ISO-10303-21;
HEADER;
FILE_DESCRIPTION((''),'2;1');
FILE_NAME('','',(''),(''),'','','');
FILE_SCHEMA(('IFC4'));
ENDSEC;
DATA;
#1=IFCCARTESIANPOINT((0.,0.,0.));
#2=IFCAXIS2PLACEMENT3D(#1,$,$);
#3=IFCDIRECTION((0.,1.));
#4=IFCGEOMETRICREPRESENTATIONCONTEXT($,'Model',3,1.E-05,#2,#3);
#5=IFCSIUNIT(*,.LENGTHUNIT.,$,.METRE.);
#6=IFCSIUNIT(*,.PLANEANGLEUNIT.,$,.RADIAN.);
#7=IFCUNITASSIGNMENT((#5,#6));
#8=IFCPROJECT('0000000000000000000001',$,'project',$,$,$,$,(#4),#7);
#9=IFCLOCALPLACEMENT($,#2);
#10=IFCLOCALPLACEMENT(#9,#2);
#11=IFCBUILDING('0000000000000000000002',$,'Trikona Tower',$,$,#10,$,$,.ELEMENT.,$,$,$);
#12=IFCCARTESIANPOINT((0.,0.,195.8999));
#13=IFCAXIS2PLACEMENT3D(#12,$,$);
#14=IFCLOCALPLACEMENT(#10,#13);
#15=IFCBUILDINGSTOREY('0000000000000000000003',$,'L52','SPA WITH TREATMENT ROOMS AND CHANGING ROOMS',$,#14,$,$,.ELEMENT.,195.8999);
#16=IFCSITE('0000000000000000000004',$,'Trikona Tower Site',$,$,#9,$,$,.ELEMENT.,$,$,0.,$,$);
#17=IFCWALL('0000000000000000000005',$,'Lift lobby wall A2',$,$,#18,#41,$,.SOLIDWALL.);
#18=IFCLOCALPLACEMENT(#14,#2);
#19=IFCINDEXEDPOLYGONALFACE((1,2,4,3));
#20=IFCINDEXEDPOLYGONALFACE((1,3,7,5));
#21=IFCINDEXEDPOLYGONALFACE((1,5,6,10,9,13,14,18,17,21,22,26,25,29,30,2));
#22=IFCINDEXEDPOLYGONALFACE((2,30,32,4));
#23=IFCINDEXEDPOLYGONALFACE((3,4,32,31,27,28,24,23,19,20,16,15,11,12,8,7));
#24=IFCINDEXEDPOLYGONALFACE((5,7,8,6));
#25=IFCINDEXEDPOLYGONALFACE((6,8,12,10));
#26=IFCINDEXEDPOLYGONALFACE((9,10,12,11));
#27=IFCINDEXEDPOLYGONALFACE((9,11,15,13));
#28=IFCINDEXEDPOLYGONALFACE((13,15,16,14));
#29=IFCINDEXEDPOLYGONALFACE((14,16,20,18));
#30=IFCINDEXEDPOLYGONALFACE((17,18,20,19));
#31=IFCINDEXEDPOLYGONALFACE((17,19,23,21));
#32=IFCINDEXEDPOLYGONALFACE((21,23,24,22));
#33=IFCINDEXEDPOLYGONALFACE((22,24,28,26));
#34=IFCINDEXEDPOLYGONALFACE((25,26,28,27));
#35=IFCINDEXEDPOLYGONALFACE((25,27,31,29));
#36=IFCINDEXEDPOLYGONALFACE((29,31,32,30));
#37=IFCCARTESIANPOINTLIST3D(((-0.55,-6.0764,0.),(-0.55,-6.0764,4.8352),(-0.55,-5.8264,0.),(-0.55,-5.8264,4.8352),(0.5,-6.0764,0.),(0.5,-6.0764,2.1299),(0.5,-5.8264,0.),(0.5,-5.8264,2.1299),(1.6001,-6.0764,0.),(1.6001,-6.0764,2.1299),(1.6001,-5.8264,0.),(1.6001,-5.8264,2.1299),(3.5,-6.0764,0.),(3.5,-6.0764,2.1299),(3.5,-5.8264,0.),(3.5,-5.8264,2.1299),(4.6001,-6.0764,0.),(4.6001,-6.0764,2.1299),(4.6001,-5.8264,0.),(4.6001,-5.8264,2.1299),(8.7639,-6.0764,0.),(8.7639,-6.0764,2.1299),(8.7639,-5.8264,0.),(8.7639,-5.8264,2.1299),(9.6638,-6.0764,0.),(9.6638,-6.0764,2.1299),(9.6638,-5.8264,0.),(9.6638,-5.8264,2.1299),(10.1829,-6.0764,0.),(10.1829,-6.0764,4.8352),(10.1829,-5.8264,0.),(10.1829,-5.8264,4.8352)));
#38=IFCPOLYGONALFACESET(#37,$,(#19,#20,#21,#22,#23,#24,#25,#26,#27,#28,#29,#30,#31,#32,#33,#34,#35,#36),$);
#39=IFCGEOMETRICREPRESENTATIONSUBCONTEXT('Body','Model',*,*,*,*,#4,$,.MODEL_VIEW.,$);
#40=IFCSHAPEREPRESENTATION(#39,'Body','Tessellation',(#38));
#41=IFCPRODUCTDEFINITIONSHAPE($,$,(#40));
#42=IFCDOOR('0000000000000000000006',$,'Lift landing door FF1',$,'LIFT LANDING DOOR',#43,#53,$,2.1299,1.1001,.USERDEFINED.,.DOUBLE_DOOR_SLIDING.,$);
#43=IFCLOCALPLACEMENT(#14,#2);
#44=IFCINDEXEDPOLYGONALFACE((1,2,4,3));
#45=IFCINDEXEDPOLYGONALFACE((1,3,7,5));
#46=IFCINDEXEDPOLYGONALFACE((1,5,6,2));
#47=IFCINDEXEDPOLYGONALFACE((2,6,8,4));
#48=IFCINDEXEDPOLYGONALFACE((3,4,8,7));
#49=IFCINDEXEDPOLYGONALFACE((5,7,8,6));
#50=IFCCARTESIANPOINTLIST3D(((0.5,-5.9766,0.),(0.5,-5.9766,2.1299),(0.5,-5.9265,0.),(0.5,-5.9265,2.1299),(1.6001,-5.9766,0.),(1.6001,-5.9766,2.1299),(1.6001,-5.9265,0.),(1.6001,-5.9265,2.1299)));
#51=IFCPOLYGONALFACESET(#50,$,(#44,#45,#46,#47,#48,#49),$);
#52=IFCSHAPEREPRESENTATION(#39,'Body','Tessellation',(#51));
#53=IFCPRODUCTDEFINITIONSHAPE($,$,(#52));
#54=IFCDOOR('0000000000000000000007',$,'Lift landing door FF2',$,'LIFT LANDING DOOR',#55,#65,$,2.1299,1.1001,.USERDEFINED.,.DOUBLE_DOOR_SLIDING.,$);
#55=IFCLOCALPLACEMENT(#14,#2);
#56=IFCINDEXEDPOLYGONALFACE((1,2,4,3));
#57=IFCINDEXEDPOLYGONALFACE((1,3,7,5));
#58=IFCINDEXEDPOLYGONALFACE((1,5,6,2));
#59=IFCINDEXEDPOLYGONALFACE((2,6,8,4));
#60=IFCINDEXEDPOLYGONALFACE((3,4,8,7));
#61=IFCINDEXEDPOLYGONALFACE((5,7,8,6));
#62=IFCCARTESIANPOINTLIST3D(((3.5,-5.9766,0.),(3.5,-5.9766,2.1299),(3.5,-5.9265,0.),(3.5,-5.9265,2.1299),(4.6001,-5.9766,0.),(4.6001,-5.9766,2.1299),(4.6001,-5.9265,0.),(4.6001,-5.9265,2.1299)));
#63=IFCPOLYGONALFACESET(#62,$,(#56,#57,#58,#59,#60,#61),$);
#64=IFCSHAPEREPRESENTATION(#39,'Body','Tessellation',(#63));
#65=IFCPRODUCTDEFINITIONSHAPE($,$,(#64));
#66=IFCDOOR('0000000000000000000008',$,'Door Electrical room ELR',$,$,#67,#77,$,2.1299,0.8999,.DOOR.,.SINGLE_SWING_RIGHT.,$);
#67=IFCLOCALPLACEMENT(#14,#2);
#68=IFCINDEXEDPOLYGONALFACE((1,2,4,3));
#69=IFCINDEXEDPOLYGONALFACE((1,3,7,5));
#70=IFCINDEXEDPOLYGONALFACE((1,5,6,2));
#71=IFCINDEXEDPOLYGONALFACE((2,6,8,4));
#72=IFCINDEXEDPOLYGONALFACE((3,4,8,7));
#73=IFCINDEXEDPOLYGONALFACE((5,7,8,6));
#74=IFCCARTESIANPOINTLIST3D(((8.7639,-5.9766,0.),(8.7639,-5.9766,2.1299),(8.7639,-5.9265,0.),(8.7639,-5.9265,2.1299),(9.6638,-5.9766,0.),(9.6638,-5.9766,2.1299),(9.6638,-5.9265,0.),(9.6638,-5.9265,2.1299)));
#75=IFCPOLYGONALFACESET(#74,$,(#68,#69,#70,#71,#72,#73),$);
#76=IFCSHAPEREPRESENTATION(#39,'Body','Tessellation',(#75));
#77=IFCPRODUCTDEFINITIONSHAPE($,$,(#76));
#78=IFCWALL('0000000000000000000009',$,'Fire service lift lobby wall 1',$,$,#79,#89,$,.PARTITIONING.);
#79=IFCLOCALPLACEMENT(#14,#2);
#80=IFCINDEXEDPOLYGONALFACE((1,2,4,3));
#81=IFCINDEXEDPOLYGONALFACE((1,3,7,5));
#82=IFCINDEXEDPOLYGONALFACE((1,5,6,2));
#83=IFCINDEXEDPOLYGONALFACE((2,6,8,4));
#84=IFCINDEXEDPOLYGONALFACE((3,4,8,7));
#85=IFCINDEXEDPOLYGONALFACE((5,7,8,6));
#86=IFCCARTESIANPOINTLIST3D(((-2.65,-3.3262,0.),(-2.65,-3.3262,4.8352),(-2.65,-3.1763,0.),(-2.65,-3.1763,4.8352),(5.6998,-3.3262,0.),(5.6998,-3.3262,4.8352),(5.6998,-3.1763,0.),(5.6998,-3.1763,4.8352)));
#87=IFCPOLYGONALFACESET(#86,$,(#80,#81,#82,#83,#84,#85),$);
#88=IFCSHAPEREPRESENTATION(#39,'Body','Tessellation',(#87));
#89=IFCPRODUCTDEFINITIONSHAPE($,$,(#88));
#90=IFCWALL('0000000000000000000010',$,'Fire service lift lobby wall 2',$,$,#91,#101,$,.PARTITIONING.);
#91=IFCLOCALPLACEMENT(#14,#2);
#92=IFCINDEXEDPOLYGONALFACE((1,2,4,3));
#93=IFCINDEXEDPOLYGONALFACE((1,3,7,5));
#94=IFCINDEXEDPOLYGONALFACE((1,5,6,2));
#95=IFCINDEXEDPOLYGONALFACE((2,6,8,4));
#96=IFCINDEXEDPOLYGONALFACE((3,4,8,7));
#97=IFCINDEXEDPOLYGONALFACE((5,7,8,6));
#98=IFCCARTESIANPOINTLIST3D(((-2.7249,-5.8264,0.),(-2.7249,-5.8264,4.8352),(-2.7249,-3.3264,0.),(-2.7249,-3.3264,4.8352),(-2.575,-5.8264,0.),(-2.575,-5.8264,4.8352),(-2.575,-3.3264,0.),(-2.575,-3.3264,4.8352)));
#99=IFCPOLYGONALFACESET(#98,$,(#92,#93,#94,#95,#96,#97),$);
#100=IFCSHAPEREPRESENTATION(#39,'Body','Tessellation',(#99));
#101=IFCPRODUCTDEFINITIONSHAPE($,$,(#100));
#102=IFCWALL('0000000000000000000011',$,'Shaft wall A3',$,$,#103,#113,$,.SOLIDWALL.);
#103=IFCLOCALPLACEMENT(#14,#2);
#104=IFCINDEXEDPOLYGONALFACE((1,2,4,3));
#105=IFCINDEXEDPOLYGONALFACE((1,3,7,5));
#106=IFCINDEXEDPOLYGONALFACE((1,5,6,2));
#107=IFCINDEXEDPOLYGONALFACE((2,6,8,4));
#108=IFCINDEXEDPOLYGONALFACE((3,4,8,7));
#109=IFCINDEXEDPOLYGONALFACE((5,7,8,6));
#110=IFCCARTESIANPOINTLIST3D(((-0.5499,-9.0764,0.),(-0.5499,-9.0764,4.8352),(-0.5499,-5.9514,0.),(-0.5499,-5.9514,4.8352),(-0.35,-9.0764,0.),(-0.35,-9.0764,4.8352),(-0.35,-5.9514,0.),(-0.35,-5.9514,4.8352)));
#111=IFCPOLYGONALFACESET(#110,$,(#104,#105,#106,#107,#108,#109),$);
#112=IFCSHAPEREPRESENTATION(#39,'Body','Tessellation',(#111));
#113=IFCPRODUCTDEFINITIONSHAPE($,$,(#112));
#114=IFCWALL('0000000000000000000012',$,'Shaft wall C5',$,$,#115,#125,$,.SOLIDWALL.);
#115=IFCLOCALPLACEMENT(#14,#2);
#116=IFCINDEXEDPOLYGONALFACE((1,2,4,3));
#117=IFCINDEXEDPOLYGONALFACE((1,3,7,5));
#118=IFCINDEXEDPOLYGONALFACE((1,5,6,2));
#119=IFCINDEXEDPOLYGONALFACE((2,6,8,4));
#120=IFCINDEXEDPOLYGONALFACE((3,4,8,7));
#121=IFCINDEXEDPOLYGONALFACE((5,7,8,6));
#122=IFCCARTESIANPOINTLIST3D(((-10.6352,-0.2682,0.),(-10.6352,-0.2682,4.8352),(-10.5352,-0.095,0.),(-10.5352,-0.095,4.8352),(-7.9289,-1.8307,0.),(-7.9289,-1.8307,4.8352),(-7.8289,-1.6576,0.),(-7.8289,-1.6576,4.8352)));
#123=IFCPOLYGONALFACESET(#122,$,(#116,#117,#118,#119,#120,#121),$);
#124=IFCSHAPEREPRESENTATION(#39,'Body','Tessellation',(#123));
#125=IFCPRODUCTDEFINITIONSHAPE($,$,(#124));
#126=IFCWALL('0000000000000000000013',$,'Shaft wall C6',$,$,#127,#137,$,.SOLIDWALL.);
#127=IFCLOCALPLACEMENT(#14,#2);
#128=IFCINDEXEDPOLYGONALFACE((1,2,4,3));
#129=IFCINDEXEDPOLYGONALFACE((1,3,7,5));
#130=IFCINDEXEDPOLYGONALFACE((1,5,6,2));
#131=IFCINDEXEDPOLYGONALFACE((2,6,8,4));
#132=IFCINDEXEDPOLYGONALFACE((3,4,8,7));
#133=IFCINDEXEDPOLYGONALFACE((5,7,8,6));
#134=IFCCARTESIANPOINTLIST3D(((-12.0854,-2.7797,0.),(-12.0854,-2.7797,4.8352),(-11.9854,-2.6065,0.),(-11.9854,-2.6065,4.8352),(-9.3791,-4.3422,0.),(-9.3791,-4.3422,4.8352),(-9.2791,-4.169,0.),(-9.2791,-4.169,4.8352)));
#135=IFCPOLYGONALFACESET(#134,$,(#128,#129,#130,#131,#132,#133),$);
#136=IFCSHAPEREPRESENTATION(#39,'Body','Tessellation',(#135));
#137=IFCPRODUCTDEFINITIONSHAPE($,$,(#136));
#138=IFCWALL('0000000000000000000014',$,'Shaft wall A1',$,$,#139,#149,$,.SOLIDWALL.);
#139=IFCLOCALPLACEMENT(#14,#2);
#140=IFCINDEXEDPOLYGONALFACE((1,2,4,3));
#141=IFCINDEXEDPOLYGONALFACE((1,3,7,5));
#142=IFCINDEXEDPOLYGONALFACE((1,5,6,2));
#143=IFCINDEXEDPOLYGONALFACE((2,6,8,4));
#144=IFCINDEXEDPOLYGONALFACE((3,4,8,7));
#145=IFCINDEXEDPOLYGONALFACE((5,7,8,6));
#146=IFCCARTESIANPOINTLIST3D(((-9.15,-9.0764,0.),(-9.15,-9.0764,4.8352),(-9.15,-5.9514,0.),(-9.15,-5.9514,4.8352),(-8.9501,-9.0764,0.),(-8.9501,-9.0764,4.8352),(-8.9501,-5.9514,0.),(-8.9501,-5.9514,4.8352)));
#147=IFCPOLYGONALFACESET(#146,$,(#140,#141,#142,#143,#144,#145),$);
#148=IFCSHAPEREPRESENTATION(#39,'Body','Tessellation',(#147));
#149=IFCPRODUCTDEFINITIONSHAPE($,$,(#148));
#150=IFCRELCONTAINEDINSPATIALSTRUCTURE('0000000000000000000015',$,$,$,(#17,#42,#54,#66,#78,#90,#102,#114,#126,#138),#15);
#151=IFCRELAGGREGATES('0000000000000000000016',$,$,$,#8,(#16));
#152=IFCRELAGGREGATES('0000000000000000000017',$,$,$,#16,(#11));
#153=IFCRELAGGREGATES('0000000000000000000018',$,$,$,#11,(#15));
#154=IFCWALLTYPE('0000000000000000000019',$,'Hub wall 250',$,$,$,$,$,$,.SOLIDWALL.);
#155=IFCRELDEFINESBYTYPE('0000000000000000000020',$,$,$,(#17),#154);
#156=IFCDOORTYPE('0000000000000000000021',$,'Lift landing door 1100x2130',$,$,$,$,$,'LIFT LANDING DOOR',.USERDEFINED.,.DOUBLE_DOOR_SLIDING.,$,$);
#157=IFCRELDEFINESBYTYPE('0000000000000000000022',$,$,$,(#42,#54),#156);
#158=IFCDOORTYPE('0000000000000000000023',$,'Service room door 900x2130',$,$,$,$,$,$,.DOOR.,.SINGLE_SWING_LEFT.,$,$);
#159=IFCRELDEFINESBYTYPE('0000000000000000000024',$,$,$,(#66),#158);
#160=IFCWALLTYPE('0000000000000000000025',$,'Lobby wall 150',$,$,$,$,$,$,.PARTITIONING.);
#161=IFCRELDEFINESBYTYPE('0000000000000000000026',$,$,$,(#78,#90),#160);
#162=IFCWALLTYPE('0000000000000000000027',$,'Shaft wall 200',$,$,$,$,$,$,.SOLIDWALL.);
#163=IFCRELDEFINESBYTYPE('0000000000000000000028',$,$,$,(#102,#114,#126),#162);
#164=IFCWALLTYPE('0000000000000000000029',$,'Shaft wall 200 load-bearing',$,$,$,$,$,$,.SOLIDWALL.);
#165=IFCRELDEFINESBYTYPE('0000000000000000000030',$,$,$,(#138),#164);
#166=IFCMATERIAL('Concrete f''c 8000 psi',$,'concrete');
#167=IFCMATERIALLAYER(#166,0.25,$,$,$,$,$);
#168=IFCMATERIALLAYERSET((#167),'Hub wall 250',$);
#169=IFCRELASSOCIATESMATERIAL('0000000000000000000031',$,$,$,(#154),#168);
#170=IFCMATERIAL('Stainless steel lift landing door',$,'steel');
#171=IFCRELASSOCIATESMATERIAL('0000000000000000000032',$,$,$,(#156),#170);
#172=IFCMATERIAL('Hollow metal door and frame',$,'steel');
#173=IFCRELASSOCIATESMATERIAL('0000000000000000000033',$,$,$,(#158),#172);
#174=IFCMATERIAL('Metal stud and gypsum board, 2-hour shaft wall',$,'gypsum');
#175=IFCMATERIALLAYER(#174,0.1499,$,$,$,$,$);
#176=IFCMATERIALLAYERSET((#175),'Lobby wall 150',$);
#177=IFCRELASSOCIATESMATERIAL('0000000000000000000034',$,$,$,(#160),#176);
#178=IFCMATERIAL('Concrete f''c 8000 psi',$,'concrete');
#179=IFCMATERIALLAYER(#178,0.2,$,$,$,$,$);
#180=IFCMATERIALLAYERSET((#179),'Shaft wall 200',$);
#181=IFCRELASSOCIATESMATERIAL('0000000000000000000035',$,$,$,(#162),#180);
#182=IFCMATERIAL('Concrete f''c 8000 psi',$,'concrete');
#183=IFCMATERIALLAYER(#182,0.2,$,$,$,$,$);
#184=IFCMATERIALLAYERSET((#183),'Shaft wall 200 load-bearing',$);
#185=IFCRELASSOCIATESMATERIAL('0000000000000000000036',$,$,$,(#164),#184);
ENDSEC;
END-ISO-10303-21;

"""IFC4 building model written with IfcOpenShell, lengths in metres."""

from ifc_helpers import new_model, si_unit, direction, frame, frame_2d, origin, place, context, subcontext, project, spatial, rectangle, extrude, material, layer, layer_set, type_object, element, fill, save


model = new_model("IFC4")

# Units and contexts
model_context = context("Model", 3, precision=1e-05, world=origin(), true_north=direction((0.0, 1.0)))
body_context = subcontext(model_context, "Body", "Model", "MODEL_VIEW")
ifc_project = project(units=[si_unit("LENGTHUNIT", "METRE"), si_unit("PLANEANGLEUNIT", "RADIAN")], contexts=[model_context])

# Site, building, storey
site_placement = place(None, origin())
site = spatial("IfcSite", under=ifc_project, at=site_placement, Name="Trikona Tower Site", CompositionType="ELEMENT", RefElevation=0.0)
building_placement = place(site_placement, origin())
building = spatial("IfcBuilding", under=site, at=building_placement, Name="Trikona Tower", CompositionType="ELEMENT")
storey_placement = place(building_placement, frame((0.0, 0.0, 195.8999)))
storey = spatial("IfcBuildingStorey", under=building, at=storey_placement, Name="L52", Description="SPA WITH TREATMENT ROOMS AND CHANGING ROOMS", CompositionType="ELEMENT", Elevation=195.8999)

# Wall, openings, doors
ifc_material_1 = material(Name="Concrete f'c 8000 psi", Category="concrete")
ifc_layer_1 = layer(ifc_material_1, 0.25)
ifc_layer_set_1 = layer_set([ifc_layer_1], Name="Hub wall 250")
wall_type_1 = type_object("IfcWallType", Name="Hub wall 250", PredefinedType="SOLIDWALL", material=ifc_layer_set_1)
wall_1_placement = place(storey_placement, frame((-0.55, -5.9514, 0.0), z_axis=(0.0, 0.0, 1.0), x_axis=(1.0, 0.0, 0.0)))
wall_1 = element("IfcWall", 1, at=wall_1_placement, inside=storey, type_object=wall_type_1, Name="Lift lobby wall A2", PredefinedType="SOLIDWALL", context=body_context, shape_type="SweptSolid", body=[
    extrude(rectangle(XDim=10.7329, YDim=0.25, at=frame_2d((5.3665, 0.0))), origin(), (0.0, 0.0, 1.0), 4.8352),
])
opening_1_placement = place(wall_1_placement, frame((9.314, 0.0, 0.0)))
opening_1 = element("IfcOpeningElement", 2, at=opening_1_placement, cuts=wall_1, PredefinedType="OPENING", context=body_context, shape_type="SweptSolid", body=[
    extrude(rectangle(XDim=0.8999, YDim=2.1299, at=frame_2d((0.45, 1.0649))), frame((0.0, 0.135, 0.0), z_axis=(0.0, -1.0, 0.0), x_axis=(1.0, 0.0, 0.0)), (0.0, 0.0, 1.0), 0.27),
])
opening_2_placement = place(wall_1_placement, frame((1.05, 0.0, 0.0)))
opening_2 = element("IfcOpeningElement", 3, at=opening_2_placement, cuts=wall_1, PredefinedType="OPENING", context=body_context, shape_type="SweptSolid", body=[
    extrude(rectangle(XDim=1.1001, YDim=2.1299, at=frame_2d((0.55, 1.0649))), frame((0.0, 0.135, 0.0), z_axis=(0.0, -1.0, 0.0), x_axis=(1.0, 0.0, 0.0)), (0.0, 0.0, 1.0), 0.27),
])
opening_3_placement = place(wall_1_placement, frame((4.05, 0.0, 0.0)))
opening_3 = element("IfcOpeningElement", 4, at=opening_3_placement, cuts=wall_1, PredefinedType="OPENING", context=body_context, shape_type="SweptSolid", body=[
    extrude(rectangle(XDim=1.1001, YDim=2.1299, at=frame_2d((0.55, 1.0649))), frame((0.0, 0.135, 0.0), z_axis=(0.0, -1.0, 0.0), x_axis=(1.0, 0.0, 0.0)), (0.0, 0.0, 1.0), 0.27),
])
ifc_material_2 = material(Name="Stainless steel lift landing door", Category="steel")
door_type_1 = type_object("IfcDoorType", Name="Lift landing door 1100x2130", ElementType="LIFT LANDING DOOR", OperationType="DOUBLE_DOOR_SLIDING", PredefinedType="USERDEFINED", material=ifc_material_2)
door_1_placement = place(opening_2_placement, origin())
door_1 = element("IfcDoor", 5, at=door_1_placement, inside=storey, type_object=door_type_1, Name="Lift landing door FF1", ObjectType="LIFT LANDING DOOR", OperationType="DOUBLE_DOOR_SLIDING", OverallHeight=2.1299, OverallWidth=1.1001, PredefinedType="USERDEFINED", context=body_context, shape_type="SweptSolid", body=[
    extrude(rectangle(XDim=1.1001, YDim=2.1299, at=frame_2d((0.55, 1.0649))), frame((0.0, 0.0249, 0.0), z_axis=(0.0, -1.0, 0.0), x_axis=(1.0, 0.0, 0.0)), (0.0, 0.0, 1.0), 0.05),
])
fill(opening_2, door_1)
door_2_placement = place(opening_3_placement, origin())
door_2 = element("IfcDoor", 6, at=door_2_placement, inside=storey, type_object=door_type_1, Name="Lift landing door FF2", ObjectType="LIFT LANDING DOOR", OperationType="DOUBLE_DOOR_SLIDING", OverallHeight=2.1299, OverallWidth=1.1001, PredefinedType="USERDEFINED", context=body_context, shape_type="SweptSolid", body=[
    extrude(rectangle(XDim=1.1001, YDim=2.1299, at=frame_2d((0.55, 1.0649))), frame((0.0, 0.0249, 0.0), z_axis=(0.0, -1.0, 0.0), x_axis=(1.0, 0.0, 0.0)), (0.0, 0.0, 1.0), 0.05),
])
fill(opening_3, door_2)
ifc_material_3 = material(Name="Hollow metal door and frame", Category="steel")
door_type_2 = type_object("IfcDoorType", Name="Service room door 900x2130", OperationType="SINGLE_SWING_LEFT", PredefinedType="DOOR", material=ifc_material_3)
door_3_placement = place(opening_1_placement, origin())
door_3 = element("IfcDoor", 7, at=door_3_placement, inside=storey, type_object=door_type_2, Name="Door Electrical room ELR", OperationType="SINGLE_SWING_RIGHT", OverallHeight=2.1299, OverallWidth=0.8999, PredefinedType="DOOR", context=body_context, shape_type="SweptSolid", body=[
    extrude(rectangle(XDim=0.8999, YDim=2.1299, at=frame_2d((0.45, 1.0649))), frame((0.0, 0.0249, 0.0), z_axis=(0.0, -1.0, 0.0), x_axis=(1.0, 0.0, 0.0)), (0.0, 0.0, 1.0), 0.05),
])
fill(opening_1, door_3)

# Walls
ifc_material_4 = material(Name="Metal stud and gypsum board, 2-hour shaft wall", Category="gypsum")
ifc_layer_2 = layer(ifc_material_4, 0.1499)
ifc_layer_set_2 = layer_set([ifc_layer_2], Name="Lobby wall 150")
wall_type_2 = type_object("IfcWallType", Name="Lobby wall 150", PredefinedType="PARTITIONING", material=ifc_layer_set_2)
wall_2_placement = place(storey_placement, frame((-2.6499, -3.2512, 0.0), z_axis=(0.0, 0.0, 1.0), x_axis=(1.0, 0.0, 0.0)))
element("IfcWall", 8, at=wall_2_placement, inside=storey, type_object=wall_type_2, Name="Fire service lift lobby wall 1", PredefinedType="PARTITIONING", context=body_context, shape_type="SweptSolid", body=[
    extrude(rectangle(XDim=8.3499, YDim=0.1499, at=frame_2d((4.1748, 0.0))), origin(), (0.0, 0.0, 1.0), 4.8352),
])
wall_3_placement = place(storey_placement, frame((-2.6499, -5.8264, 0.0), z_axis=(0.0, 0.0, 1.0), x_axis=(0.0, 1.0, 0.0)))
element("IfcWall", 9, at=wall_3_placement, inside=storey, type_object=wall_type_2, Name="Fire service lift lobby wall 2", PredefinedType="PARTITIONING", context=body_context, shape_type="SweptSolid", body=[
    extrude(rectangle(XDim=2.5, YDim=0.1499, at=frame_2d((1.25, 0.0))), origin(), (0.0, 0.0, 1.0), 4.8352),
])
ifc_material_5 = material(Name="Concrete f'c 8000 psi", Category="concrete")
ifc_layer_3 = layer(ifc_material_5, 0.2)
ifc_layer_set_3 = layer_set([ifc_layer_3], Name="Shaft wall 200")
wall_type_3 = type_object("IfcWallType", Name="Shaft wall 200", PredefinedType="SOLIDWALL", material=ifc_layer_set_3)
for number, where, z_axis, x_axis, name in (
    (10, (-0.45, -5.9514, 0.0), (0.0, 0.0, 1.0), (0.0, -1.0, 0.0), "Shaft wall A3"),
    (11, (-7.8789, -1.7441, 0.0), (0.0, 0.0, 1.0), (-0.866023, 0.500004, 0.0), "Shaft wall C5"),
    (12, (-9.3291, -4.2556, 0.0), (0.0, 0.0, 1.0), (-0.866023, 0.500004, 0.0), "Shaft wall C6"),
):
    element("IfcWall", number, at=place(storey_placement, frame(where, z_axis=z_axis, x_axis=x_axis)), inside=storey, type_object=wall_type_3, Name=name, PredefinedType="SOLIDWALL", context=body_context, shape_type="SweptSolid", body=[
        extrude(rectangle(XDim=3.125, YDim=0.2, at=frame_2d((1.5625, 0.0))), origin(), (0.0, 0.0, 1.0), 4.8352),
    ])
ifc_material_6 = material(Name="Concrete f'c 8000 psi", Category="concrete")
ifc_layer_4 = layer(ifc_material_6, 0.2)
ifc_layer_set_4 = layer_set([ifc_layer_4], Name="Shaft wall 200 load-bearing")
wall_type_4 = type_object("IfcWallType", Name="Shaft wall 200 load-bearing", PredefinedType="SOLIDWALL", material=ifc_layer_set_4)
wall_4_placement = place(storey_placement, frame((-9.05, -5.9514, 0.0), z_axis=(0.0, 0.0, 1.0), x_axis=(0.0, -1.0, 0.0)))
element("IfcWall", 13, at=wall_4_placement, inside=storey, type_object=wall_type_4, Name="Shaft wall A1", PredefinedType="SOLIDWALL", context=body_context, shape_type="SweptSolid", body=[
    extrude(rectangle(XDim=3.125, YDim=0.2, at=frame_2d((1.5625, 0.0))), origin(), (0.0, 0.0, 1.0), 4.8352),
])

save(model, "model.ifc")
